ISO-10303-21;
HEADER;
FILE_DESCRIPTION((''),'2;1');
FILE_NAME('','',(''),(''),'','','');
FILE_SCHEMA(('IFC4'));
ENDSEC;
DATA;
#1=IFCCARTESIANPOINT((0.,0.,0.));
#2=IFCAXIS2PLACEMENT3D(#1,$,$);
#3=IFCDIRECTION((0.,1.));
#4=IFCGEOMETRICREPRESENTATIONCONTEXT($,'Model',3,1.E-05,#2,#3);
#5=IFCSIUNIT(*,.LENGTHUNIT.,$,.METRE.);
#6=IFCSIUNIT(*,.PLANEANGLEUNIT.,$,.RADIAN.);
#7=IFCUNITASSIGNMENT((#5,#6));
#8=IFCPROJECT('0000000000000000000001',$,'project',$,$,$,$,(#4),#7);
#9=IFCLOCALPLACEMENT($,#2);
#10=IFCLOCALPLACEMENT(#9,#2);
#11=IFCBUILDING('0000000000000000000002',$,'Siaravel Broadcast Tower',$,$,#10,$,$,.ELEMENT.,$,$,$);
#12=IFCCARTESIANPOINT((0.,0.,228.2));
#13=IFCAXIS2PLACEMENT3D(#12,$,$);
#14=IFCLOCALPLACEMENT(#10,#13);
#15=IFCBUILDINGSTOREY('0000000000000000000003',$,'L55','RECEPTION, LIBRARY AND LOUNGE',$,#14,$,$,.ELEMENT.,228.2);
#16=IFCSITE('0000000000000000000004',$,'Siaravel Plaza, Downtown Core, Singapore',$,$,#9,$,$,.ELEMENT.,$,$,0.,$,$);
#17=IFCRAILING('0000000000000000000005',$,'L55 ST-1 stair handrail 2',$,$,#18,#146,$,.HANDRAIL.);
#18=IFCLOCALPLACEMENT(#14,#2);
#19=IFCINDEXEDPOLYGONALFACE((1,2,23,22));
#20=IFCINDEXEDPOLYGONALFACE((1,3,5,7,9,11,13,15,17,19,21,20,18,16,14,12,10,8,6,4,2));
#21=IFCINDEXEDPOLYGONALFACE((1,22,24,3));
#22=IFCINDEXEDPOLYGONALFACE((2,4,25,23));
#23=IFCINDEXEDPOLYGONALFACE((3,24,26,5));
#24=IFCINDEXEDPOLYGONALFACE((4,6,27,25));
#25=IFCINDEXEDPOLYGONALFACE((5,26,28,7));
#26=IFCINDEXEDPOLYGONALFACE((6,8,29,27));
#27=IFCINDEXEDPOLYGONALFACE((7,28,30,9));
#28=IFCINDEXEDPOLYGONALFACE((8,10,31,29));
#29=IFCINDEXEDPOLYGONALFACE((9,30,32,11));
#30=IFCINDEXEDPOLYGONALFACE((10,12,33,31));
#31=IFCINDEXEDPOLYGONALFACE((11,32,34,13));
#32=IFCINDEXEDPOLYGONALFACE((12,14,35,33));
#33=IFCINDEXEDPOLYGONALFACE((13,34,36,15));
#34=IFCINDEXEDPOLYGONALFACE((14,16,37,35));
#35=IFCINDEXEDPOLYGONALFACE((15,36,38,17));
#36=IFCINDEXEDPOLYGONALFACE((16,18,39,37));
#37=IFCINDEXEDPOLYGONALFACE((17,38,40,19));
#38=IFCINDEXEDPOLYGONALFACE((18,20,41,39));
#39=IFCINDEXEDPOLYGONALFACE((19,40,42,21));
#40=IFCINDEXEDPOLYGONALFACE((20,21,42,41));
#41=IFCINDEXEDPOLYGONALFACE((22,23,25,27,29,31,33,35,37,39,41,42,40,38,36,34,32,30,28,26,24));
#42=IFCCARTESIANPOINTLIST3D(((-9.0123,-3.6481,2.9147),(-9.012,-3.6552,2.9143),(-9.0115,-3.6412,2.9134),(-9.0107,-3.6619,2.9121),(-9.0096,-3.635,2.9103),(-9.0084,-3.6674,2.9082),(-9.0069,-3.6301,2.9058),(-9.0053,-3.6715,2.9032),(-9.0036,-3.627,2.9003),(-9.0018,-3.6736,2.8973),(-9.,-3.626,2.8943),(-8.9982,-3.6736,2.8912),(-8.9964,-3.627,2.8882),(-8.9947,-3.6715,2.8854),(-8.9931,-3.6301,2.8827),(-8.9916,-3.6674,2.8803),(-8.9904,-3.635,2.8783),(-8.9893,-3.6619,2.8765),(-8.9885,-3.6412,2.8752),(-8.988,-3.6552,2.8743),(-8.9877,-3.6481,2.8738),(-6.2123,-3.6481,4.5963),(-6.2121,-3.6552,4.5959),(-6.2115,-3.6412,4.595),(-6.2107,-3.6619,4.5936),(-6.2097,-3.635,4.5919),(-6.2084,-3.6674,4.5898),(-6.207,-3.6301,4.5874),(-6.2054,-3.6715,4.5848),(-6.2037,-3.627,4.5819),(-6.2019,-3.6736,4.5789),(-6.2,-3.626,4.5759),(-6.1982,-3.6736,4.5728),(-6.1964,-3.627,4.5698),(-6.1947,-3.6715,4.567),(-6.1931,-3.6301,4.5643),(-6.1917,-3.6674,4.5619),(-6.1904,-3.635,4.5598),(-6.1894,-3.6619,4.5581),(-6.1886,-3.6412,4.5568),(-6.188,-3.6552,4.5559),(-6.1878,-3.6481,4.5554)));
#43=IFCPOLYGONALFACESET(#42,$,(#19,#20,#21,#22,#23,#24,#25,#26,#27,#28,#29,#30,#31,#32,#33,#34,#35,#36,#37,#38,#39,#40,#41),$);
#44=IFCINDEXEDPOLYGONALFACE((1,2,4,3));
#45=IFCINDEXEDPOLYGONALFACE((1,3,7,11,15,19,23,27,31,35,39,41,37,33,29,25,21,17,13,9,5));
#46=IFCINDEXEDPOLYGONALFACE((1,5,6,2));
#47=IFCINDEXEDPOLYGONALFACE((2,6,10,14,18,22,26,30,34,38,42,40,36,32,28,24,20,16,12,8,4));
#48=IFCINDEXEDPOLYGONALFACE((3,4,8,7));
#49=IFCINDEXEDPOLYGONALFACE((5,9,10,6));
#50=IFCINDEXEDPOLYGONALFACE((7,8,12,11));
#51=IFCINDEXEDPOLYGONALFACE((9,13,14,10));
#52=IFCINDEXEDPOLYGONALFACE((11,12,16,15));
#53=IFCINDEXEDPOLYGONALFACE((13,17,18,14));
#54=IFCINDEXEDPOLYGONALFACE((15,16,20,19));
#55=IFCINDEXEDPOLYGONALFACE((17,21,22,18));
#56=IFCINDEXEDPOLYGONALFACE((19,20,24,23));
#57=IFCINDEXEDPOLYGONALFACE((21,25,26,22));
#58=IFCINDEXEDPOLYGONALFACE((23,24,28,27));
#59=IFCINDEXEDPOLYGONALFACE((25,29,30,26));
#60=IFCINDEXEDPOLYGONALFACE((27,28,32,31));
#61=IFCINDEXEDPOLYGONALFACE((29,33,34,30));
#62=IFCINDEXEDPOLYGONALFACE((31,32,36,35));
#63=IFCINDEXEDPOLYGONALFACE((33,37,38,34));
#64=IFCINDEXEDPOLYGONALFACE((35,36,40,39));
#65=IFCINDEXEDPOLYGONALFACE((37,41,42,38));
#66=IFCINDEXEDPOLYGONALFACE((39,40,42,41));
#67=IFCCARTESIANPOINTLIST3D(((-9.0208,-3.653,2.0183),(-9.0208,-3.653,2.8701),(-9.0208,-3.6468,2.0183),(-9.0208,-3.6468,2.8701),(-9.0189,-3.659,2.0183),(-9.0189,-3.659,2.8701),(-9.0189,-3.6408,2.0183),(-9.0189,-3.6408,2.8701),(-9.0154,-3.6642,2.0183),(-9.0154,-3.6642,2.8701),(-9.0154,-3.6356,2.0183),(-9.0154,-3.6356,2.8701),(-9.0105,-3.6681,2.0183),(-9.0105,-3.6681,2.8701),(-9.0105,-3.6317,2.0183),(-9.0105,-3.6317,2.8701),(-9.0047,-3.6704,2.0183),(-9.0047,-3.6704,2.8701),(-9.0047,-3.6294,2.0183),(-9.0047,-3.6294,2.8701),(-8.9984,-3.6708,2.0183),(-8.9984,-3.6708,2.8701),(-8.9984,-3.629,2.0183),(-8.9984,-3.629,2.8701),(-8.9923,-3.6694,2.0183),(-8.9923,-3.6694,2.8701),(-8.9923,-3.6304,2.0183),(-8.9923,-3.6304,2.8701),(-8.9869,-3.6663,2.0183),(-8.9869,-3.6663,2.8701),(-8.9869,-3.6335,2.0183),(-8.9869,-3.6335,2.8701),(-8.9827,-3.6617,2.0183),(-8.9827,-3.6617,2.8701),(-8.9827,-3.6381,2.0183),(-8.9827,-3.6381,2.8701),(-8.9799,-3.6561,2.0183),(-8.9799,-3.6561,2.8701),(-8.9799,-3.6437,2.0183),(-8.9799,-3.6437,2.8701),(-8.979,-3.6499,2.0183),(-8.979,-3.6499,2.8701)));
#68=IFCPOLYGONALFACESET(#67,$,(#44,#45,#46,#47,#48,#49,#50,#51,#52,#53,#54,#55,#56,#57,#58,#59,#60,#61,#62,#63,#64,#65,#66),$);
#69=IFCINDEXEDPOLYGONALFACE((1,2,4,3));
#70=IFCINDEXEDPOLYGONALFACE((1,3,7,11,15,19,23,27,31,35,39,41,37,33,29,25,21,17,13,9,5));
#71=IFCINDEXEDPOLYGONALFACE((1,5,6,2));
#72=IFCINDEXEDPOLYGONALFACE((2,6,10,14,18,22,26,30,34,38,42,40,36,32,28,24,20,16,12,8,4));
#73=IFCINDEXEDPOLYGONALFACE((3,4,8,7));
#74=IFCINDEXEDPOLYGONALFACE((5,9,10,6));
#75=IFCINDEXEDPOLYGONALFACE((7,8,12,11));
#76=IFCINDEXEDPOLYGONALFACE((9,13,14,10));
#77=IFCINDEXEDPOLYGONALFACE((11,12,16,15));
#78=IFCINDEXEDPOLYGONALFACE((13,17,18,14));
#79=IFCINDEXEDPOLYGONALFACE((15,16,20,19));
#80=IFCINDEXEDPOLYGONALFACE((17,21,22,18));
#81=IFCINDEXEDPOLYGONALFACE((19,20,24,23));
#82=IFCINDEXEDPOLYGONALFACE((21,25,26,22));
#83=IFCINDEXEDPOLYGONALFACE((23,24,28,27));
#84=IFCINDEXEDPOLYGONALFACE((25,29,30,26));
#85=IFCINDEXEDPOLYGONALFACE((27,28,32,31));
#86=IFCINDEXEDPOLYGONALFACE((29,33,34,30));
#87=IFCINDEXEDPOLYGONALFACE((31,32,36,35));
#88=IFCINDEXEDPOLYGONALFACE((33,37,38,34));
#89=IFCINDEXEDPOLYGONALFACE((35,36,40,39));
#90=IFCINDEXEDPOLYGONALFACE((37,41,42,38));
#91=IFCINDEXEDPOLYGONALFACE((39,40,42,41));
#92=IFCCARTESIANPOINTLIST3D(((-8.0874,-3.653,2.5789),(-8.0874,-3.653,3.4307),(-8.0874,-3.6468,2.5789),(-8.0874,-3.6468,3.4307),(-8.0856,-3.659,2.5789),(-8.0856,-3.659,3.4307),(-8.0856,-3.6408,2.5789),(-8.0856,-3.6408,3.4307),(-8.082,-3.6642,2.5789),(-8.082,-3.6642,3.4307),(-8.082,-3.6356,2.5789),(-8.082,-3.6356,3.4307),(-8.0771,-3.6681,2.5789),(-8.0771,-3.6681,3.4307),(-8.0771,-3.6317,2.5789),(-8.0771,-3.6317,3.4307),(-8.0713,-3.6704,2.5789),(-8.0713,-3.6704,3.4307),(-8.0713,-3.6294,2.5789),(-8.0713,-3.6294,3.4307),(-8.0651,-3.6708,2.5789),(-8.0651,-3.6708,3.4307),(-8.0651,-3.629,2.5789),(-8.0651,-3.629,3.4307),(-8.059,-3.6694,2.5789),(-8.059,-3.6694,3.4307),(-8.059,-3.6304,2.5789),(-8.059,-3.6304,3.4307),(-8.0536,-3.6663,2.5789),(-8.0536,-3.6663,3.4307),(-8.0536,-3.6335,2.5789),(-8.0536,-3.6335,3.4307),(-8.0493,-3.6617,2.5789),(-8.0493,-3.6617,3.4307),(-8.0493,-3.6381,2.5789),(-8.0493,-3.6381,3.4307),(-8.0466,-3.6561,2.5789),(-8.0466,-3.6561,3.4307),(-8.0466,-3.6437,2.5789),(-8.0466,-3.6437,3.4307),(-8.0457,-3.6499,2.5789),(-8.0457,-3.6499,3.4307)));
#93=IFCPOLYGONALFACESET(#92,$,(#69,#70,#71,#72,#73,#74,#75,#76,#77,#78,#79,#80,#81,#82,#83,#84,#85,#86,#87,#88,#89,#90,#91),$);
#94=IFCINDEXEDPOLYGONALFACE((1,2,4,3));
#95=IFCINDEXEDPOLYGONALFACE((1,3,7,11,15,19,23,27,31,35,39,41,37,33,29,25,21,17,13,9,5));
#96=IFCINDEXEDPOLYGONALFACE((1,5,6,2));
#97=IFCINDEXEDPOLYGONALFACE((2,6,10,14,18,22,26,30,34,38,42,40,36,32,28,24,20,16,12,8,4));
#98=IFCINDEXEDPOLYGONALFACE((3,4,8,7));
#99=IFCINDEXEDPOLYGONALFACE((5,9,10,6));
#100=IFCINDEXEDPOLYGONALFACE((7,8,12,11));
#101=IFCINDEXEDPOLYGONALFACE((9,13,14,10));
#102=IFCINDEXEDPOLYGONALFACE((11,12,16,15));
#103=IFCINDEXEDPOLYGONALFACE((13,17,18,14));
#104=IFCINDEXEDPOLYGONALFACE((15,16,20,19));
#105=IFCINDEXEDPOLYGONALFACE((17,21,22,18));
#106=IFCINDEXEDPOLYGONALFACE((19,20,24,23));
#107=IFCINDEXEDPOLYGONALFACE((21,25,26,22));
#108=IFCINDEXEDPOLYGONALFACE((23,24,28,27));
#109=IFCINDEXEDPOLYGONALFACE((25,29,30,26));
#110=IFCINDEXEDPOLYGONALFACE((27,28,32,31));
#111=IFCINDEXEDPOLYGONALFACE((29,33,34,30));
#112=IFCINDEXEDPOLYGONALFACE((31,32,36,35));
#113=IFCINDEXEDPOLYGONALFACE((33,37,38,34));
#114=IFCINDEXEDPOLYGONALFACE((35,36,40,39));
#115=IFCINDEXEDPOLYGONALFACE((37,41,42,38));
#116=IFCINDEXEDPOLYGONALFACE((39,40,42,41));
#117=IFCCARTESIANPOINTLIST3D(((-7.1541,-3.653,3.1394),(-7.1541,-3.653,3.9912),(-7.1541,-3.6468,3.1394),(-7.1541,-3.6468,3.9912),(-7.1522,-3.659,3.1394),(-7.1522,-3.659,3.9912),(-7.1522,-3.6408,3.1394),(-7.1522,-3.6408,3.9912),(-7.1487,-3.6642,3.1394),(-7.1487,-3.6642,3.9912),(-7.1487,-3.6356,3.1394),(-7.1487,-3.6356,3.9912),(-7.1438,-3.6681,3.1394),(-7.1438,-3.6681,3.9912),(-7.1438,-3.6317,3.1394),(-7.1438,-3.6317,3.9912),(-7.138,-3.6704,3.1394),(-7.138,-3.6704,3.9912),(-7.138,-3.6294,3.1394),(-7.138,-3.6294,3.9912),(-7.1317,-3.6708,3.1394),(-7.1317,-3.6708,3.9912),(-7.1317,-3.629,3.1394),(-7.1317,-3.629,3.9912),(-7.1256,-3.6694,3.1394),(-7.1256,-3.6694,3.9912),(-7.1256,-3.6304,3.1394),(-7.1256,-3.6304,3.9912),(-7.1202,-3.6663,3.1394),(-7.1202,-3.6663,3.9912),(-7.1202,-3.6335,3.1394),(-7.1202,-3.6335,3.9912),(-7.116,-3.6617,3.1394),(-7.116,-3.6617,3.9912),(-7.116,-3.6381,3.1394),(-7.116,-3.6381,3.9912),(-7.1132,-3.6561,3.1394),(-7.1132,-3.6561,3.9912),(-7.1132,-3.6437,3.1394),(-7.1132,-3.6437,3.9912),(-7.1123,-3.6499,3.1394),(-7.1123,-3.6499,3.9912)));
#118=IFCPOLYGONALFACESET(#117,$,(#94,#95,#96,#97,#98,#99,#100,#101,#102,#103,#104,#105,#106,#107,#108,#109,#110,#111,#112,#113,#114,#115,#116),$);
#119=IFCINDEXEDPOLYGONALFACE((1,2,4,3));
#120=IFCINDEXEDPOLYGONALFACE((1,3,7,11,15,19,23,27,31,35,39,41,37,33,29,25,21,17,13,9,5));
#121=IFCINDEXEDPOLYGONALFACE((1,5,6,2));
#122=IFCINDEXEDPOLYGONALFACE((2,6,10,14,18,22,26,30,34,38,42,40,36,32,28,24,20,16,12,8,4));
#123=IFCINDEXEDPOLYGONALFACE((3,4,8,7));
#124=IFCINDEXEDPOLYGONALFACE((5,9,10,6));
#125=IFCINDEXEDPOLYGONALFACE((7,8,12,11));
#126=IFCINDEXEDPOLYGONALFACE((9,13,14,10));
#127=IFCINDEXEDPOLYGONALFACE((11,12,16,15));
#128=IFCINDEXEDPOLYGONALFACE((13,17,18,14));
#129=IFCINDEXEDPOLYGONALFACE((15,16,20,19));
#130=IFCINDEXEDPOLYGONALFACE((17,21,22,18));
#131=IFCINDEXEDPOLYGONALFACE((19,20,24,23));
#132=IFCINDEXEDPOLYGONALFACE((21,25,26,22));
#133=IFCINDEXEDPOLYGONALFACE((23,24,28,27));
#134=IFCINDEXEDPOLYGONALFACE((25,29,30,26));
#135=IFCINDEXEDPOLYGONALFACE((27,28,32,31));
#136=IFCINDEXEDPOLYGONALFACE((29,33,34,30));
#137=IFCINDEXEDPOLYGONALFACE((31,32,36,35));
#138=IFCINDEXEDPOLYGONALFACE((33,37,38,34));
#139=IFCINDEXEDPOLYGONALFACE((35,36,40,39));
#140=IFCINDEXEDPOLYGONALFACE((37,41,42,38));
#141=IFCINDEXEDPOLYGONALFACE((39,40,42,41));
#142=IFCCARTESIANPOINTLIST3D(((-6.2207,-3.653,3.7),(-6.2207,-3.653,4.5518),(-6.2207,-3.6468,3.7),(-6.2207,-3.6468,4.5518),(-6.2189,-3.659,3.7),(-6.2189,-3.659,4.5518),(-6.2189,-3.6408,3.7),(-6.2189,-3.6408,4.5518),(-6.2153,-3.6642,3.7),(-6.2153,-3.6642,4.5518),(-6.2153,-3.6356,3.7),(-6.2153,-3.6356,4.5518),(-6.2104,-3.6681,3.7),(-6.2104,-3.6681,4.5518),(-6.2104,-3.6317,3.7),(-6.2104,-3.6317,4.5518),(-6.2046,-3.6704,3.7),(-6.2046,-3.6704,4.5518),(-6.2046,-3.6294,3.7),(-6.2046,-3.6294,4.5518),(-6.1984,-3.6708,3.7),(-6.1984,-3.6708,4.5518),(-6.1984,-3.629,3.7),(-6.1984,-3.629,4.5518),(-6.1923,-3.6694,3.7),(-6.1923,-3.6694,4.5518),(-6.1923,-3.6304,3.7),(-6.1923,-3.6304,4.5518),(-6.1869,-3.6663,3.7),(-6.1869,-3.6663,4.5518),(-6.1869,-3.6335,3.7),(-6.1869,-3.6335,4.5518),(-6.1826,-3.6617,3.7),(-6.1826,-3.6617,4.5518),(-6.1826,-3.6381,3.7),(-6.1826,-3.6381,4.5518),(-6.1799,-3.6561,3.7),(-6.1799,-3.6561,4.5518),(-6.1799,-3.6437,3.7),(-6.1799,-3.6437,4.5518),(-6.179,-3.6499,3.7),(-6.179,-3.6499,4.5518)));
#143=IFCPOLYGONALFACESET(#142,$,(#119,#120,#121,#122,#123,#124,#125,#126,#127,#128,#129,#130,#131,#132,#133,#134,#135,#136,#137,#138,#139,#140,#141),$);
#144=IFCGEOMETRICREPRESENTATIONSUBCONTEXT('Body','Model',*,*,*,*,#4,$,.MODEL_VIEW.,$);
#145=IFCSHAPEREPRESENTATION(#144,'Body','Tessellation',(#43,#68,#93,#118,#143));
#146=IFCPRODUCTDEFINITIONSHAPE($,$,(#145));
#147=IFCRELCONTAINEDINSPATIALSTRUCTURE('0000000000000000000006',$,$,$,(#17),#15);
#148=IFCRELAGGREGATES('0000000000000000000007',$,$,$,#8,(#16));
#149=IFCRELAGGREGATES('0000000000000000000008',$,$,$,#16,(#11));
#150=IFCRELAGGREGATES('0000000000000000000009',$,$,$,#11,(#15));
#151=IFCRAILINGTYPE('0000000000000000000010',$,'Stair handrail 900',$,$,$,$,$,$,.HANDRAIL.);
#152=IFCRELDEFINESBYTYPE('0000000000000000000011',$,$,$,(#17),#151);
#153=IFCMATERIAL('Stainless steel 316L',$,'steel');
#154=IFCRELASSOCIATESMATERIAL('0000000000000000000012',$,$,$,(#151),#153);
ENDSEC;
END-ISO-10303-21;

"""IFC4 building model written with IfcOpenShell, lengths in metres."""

from ifc_helpers import new_model, si_unit, direction, frame, origin, origin_2d, place, context, subcontext, project, spatial, circle, extrude, material, type_object, element, save


model = new_model("IFC4")

# Units and contexts
model_context = context("Model", 3, precision=1e-05, world=origin(), true_north=direction((0.0, 1.0)))
body_context = subcontext(model_context, "Body", "Model", "MODEL_VIEW")
ifc_project = project(units=[si_unit("LENGTHUNIT", "METRE"), si_unit("PLANEANGLEUNIT", "RADIAN")], contexts=[model_context])

# Site, building, storey
site_placement = place(None, origin())
site = spatial("IfcSite", under=ifc_project, at=site_placement, Name="Siaravel Plaza, Downtown Core, Singapore", CompositionType="ELEMENT", RefElevation=0.0)
building_placement = place(site_placement, origin())
building = spatial("IfcBuilding", under=site, at=building_placement, Name="Siaravel Broadcast Tower", CompositionType="ELEMENT")
storey_placement = place(building_placement, frame((0.0, 0.0, 228.2)))
storey = spatial("IfcBuildingStorey", under=building, at=storey_placement, Name="L55", Description="RECEPTION, LIBRARY AND LOUNGE", CompositionType="ELEMENT", Elevation=228.2)

# Shared definitions
ifc_material_1 = material(Name="Stainless steel 316L", Category="steel")

# Railing
railing_type_1 = type_object("IfcRailingType", Name="Stair handrail 900", PredefinedType="HANDRAIL", material=ifc_material_1)
railing_1_placement = place(storey_placement, frame((-9.0, -3.6499, 2.0183)))
element("IfcRailing", 1, at=railing_1_placement, inside=storey, type_object=railing_type_1, Name="L55 ST-1 stair handrail 2", PredefinedType="HANDRAIL", context=body_context, shape_type="SweptSolid", body=[
    extrude(circle(Radius=0.0239, at=origin_2d()), frame((0.0, 0.0, 0.876), z_axis=(0.857275, 0.0, 0.514858), x_axis=(0.0, 1.0, 0.0)), (0.0, 0.0, 1.0), 3.2661),
    extrude(circle(Radius=0.021, at=origin_2d()), origin(), (0.0, 0.0, 1.0), 0.8518),
    extrude(circle(Radius=0.021, at=origin_2d()), frame((0.9333, 0.0, 0.5605)), (0.0, 0.0, 1.0), 0.8518),
    extrude(circle(Radius=0.021, at=origin_2d()), frame((1.8667, 0.0, 1.1211)), (0.0, 0.0, 1.0), 0.8518),
    extrude(circle(Radius=0.021, at=origin_2d()), frame((2.8, 0.0, 1.6816)), (0.0, 0.0, 1.0), 0.8518),
])

save(model, "model.ifc")
